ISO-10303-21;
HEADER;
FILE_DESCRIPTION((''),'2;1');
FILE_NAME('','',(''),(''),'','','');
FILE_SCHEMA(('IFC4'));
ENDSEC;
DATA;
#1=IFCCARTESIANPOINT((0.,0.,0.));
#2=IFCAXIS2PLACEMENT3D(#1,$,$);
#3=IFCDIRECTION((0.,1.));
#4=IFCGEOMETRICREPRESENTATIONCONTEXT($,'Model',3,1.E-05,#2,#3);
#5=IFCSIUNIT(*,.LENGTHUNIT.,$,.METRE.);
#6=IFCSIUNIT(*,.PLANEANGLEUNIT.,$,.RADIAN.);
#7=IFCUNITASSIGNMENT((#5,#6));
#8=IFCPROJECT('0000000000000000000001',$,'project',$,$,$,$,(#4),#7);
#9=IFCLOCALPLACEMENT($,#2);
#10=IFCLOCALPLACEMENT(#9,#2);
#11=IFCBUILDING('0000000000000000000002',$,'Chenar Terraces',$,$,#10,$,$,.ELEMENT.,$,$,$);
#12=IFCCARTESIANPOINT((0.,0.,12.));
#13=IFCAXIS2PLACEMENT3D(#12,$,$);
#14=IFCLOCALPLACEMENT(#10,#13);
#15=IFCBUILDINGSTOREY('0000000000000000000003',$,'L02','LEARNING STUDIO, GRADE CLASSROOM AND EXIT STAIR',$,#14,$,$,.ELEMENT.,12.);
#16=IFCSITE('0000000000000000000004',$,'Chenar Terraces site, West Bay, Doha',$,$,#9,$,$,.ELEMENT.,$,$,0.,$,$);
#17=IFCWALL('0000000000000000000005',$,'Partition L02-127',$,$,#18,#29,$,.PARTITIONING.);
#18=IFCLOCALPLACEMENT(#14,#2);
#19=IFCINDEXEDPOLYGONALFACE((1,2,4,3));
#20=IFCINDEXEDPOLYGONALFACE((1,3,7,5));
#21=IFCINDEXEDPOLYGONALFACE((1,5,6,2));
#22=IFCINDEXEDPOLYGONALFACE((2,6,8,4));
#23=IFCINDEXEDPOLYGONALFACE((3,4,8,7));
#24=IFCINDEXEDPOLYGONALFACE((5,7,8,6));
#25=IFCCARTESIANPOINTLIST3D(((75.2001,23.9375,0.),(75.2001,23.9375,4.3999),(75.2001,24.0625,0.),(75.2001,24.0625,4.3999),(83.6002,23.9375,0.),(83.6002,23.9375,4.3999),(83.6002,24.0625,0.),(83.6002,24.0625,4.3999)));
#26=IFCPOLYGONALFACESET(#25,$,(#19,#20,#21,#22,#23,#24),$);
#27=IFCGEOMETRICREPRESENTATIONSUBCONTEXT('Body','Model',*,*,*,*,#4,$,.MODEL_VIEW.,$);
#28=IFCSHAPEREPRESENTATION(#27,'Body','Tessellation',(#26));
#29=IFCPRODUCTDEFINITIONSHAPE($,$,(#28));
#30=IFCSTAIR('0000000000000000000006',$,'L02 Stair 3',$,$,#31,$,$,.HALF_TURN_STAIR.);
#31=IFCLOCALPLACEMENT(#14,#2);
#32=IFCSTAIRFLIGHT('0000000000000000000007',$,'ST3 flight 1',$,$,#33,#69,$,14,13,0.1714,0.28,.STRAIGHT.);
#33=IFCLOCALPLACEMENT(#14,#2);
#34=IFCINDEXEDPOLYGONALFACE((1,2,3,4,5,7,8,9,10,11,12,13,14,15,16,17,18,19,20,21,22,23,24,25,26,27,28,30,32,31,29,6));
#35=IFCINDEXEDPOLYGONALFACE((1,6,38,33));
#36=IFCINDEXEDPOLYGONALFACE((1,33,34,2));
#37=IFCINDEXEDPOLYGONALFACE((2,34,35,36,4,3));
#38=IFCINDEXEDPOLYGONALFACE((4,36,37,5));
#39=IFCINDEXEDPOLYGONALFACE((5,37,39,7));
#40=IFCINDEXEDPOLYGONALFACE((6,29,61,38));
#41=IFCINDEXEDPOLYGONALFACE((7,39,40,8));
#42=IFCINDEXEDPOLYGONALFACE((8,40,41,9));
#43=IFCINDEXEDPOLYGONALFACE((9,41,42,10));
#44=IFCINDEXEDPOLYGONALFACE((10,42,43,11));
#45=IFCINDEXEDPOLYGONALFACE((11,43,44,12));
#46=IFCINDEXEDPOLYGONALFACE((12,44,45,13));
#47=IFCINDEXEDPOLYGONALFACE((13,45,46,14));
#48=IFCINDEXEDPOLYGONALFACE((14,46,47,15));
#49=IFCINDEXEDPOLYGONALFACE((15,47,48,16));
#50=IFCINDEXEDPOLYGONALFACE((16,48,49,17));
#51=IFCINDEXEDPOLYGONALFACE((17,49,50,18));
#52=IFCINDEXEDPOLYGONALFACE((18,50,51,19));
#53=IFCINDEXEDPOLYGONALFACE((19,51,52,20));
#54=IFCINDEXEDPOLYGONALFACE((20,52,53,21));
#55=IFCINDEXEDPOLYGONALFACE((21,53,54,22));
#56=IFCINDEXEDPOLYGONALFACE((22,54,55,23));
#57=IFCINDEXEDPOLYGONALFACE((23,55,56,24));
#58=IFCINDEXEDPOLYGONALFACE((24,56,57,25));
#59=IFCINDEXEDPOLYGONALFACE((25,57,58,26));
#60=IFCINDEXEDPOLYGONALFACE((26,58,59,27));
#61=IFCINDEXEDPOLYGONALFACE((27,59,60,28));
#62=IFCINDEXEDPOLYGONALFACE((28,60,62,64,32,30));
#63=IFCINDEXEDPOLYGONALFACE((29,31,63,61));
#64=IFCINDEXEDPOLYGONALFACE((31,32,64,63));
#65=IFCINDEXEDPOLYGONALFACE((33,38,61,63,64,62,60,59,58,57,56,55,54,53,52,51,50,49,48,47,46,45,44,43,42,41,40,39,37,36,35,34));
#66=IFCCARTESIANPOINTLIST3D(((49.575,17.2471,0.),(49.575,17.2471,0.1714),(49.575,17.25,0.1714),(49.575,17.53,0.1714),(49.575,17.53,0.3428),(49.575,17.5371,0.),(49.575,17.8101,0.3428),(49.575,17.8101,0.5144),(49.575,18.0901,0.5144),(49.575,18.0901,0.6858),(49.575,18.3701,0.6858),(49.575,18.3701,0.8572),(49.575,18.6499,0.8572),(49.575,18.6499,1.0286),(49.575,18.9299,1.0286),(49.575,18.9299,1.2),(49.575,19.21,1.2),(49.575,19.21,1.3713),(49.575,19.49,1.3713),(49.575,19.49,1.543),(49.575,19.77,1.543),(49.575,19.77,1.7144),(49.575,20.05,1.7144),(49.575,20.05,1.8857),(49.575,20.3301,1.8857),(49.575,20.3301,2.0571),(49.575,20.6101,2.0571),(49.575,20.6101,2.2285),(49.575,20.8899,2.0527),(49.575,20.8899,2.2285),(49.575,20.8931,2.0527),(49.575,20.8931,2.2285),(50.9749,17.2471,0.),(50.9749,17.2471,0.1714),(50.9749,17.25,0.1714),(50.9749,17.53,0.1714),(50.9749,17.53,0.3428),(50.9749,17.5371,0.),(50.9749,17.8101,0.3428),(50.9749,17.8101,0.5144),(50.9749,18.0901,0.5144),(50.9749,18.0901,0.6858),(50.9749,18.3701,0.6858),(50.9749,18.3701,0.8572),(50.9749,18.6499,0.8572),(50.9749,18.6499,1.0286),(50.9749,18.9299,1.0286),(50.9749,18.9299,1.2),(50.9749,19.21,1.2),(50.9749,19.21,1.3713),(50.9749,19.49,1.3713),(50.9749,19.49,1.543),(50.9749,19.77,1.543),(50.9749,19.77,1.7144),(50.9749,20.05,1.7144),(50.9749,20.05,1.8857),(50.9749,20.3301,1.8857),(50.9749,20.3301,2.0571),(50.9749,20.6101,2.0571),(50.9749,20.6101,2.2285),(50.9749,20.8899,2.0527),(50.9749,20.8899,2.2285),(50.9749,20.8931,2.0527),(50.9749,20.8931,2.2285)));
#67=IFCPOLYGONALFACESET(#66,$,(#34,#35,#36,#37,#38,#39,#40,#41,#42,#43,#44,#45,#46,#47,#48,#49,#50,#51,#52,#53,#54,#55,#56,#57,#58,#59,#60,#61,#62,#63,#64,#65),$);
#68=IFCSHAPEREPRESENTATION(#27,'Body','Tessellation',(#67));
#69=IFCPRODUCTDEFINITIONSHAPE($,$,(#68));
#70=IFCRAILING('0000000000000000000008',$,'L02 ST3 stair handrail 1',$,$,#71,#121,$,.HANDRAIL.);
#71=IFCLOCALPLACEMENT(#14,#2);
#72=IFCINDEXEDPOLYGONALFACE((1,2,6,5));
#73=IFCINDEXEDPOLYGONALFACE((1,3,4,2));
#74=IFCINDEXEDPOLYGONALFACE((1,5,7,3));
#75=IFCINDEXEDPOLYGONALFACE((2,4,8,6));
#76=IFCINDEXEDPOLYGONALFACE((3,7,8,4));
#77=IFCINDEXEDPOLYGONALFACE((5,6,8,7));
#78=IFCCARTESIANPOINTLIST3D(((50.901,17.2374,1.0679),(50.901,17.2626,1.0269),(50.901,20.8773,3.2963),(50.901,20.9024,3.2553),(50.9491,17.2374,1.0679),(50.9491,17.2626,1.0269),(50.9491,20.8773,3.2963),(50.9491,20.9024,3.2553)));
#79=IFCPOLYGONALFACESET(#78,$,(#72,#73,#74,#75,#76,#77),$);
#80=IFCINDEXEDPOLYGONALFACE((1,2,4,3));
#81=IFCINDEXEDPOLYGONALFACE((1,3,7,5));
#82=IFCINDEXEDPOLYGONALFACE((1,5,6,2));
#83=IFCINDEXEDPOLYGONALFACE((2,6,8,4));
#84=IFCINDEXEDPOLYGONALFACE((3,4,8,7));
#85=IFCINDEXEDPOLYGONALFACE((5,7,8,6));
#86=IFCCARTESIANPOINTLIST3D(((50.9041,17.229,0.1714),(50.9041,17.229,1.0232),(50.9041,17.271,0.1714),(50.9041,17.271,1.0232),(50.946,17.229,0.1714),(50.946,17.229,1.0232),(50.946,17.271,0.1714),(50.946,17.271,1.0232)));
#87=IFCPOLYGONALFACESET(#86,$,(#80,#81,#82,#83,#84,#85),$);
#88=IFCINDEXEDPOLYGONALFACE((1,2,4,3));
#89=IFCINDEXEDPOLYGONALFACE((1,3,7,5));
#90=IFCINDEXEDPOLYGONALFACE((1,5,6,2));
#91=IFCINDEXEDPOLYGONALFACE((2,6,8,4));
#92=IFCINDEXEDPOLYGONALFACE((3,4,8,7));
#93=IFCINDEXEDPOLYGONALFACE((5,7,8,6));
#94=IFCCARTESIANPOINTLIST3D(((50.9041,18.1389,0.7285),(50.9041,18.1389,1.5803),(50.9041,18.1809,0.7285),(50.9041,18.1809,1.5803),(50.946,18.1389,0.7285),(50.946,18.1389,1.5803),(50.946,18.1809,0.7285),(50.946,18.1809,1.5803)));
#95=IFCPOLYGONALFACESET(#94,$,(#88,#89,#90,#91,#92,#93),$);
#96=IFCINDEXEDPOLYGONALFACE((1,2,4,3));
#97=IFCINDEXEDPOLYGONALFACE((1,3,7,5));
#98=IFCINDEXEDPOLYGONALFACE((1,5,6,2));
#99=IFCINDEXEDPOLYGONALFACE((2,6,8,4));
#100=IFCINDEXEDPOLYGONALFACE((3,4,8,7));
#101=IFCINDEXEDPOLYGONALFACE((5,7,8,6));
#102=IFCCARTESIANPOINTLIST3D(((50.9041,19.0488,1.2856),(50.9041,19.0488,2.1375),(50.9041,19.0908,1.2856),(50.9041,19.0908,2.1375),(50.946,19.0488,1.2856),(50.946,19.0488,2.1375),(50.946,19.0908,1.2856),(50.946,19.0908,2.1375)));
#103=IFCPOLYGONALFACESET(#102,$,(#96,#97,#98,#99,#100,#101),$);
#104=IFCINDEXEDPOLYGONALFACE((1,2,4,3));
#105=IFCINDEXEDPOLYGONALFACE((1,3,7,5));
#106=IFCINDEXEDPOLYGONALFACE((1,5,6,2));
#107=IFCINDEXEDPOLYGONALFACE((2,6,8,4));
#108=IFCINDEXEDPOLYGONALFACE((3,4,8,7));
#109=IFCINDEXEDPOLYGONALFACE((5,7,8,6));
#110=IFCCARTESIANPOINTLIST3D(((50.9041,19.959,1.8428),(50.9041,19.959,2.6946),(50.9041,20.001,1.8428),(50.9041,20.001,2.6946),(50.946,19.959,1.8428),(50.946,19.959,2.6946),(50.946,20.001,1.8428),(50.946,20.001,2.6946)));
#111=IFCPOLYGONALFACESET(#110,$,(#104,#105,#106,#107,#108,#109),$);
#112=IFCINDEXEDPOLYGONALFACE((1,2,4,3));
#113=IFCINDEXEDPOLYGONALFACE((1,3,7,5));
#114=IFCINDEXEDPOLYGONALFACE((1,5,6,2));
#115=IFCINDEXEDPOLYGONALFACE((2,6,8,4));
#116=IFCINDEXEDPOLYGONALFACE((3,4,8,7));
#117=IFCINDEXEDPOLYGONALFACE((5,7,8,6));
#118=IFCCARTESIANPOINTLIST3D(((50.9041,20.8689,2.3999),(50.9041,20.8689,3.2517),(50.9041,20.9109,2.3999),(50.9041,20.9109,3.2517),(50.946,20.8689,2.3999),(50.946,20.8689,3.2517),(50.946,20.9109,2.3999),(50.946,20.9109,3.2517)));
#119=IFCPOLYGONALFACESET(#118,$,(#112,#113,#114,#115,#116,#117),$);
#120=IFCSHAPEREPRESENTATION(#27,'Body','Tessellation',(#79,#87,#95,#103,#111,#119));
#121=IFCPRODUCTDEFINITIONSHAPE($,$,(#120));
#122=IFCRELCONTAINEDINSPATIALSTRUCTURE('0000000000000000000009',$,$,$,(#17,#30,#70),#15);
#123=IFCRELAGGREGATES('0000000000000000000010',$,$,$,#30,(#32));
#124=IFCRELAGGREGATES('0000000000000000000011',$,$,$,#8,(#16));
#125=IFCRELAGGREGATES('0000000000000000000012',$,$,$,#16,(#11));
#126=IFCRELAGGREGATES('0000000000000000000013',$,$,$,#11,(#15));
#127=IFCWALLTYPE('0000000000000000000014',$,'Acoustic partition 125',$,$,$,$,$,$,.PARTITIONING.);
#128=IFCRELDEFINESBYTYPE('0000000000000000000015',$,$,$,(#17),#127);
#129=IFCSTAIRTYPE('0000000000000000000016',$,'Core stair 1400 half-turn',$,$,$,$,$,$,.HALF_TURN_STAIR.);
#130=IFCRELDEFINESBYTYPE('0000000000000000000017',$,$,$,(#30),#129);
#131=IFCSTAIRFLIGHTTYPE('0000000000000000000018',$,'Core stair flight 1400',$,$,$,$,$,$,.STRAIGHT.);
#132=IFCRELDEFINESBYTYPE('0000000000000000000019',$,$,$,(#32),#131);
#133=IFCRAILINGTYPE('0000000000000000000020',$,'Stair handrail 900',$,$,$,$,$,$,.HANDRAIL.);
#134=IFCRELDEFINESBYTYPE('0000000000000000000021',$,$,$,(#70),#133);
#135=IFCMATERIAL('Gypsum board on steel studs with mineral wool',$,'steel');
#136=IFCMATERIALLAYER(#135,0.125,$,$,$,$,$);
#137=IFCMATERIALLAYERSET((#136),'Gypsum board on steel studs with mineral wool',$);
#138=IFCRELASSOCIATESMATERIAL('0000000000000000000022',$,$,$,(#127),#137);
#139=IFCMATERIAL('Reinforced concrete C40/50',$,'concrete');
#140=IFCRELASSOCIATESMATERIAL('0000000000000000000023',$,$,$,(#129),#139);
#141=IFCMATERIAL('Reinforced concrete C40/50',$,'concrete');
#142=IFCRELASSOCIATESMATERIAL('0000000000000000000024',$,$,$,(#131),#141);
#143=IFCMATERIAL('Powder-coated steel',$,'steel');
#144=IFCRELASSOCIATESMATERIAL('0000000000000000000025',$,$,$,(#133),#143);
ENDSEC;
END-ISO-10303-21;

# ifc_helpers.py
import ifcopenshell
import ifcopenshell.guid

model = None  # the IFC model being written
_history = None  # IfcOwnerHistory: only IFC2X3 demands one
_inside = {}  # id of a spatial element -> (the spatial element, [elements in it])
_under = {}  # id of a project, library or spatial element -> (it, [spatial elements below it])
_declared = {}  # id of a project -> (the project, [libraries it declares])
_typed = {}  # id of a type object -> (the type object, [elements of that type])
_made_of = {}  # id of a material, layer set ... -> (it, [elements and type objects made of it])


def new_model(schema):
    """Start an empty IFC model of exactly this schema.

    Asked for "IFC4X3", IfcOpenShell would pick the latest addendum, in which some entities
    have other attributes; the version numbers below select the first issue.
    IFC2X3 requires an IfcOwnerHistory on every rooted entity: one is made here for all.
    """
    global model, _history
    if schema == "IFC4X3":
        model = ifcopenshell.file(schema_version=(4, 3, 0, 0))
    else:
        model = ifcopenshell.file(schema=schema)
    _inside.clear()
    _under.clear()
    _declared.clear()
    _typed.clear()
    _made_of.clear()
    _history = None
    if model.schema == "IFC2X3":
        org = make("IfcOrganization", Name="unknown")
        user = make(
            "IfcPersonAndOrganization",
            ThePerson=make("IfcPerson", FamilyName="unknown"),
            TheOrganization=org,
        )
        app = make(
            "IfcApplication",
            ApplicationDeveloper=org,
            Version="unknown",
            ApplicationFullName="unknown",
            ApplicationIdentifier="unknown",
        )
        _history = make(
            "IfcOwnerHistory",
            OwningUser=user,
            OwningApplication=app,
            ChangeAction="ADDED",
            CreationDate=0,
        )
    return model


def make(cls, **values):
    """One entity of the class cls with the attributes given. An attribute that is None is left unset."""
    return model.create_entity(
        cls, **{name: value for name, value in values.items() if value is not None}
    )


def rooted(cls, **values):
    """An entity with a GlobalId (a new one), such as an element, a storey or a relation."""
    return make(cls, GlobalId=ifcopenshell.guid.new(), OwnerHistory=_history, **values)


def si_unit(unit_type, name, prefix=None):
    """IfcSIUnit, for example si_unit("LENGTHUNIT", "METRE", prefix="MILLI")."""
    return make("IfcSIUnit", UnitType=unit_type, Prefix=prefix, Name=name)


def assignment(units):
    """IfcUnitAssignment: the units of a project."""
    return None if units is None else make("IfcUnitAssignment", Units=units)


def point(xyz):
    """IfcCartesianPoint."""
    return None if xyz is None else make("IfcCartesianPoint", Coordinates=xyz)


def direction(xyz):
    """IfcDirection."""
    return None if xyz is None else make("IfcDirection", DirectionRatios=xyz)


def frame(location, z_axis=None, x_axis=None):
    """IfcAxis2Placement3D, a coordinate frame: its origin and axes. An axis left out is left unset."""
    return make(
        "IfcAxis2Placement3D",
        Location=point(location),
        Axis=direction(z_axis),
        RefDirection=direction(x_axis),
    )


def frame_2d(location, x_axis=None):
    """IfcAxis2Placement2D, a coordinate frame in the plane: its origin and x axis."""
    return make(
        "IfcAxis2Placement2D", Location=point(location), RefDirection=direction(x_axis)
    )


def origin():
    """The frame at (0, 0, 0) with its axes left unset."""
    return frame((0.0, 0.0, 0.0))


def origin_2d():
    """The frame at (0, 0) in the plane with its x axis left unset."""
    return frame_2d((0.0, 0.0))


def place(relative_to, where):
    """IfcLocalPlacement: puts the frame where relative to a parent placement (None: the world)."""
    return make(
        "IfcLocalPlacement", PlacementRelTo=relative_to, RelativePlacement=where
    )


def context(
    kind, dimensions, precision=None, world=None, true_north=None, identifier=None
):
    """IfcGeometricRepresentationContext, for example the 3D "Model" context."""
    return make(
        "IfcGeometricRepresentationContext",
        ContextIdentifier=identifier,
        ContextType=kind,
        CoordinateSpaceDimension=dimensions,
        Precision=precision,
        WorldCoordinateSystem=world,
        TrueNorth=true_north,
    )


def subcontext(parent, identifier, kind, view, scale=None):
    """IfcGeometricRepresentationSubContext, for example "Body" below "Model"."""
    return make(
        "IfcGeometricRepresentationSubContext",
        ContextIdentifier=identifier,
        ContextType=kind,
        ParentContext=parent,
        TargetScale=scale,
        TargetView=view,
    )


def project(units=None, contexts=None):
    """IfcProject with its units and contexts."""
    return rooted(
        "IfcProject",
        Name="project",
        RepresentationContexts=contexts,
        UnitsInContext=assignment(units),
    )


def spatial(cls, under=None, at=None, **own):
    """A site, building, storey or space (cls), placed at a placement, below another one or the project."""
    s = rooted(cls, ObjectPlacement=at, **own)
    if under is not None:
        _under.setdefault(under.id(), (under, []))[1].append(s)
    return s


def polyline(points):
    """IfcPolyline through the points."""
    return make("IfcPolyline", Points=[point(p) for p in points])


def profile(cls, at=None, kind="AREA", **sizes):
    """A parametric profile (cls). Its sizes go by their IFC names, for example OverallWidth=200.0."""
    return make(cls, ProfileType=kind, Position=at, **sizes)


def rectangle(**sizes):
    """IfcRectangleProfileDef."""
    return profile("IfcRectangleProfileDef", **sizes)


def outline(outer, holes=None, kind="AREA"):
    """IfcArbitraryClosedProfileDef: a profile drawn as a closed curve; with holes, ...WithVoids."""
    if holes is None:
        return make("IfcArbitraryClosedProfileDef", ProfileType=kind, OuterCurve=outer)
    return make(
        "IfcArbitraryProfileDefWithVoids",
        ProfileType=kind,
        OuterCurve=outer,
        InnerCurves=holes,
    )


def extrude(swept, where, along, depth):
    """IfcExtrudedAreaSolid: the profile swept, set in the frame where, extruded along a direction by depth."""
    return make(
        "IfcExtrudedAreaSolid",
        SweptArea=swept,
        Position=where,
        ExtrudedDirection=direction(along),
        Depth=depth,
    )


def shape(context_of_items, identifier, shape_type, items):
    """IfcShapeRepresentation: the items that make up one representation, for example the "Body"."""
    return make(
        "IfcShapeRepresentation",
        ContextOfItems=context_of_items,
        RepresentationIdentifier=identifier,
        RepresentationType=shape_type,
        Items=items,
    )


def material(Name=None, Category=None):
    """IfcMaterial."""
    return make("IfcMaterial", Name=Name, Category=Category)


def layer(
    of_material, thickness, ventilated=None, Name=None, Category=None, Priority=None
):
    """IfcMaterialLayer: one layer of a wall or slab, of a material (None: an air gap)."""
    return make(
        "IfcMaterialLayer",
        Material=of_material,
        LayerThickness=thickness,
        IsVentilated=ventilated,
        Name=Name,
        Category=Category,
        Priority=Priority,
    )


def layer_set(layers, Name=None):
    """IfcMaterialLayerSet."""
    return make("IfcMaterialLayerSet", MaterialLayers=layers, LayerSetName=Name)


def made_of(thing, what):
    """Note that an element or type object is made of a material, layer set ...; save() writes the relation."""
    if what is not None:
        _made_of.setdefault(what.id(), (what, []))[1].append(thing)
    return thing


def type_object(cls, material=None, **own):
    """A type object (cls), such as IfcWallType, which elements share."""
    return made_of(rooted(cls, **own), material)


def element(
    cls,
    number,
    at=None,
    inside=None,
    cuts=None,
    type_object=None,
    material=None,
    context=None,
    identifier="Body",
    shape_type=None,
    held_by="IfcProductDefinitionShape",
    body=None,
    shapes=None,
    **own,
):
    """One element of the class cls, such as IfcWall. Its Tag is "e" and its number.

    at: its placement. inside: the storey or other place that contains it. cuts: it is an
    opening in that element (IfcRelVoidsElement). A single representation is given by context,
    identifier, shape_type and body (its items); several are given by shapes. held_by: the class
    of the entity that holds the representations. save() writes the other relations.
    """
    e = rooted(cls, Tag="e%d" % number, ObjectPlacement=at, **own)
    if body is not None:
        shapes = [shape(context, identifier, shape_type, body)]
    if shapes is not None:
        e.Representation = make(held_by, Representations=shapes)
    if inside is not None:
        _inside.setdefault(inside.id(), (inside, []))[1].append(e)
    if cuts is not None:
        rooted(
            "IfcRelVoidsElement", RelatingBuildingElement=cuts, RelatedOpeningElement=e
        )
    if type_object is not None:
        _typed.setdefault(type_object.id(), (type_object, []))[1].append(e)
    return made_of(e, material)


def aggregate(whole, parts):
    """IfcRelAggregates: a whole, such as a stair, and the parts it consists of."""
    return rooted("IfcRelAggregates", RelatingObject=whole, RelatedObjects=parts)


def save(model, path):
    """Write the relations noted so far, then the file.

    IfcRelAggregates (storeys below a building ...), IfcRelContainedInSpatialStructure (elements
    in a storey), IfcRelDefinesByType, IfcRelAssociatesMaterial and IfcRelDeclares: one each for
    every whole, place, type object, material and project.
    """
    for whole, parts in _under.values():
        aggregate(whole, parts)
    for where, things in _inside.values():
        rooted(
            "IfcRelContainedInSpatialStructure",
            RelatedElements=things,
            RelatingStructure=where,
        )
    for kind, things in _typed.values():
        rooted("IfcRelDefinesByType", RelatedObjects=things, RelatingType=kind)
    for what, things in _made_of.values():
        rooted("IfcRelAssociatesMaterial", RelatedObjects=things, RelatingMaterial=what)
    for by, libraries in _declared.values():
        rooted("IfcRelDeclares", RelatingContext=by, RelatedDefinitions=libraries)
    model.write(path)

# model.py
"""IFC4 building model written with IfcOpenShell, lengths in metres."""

from ifc_helpers import new_model, si_unit, direction, frame, frame_2d, origin, origin_2d, place, context, subcontext, project, spatial, polyline, rectangle, outline, extrude, material, layer, layer_set, type_object, element, aggregate, save


model = new_model("IFC4")

# Units and contexts
model_context = context("Model", 3, precision=1e-05, world=origin(), true_north=direction((0.0, 1.0)))
body_context = subcontext(model_context, "Body", "Model", "MODEL_VIEW")
ifc_project = project(units=[si_unit("LENGTHUNIT", "METRE"), si_unit("PLANEANGLEUNIT", "RADIAN")], contexts=[model_context])

# Site, building, storey
site_placement = place(None, origin())
site = spatial("IfcSite", under=ifc_project, at=site_placement, Name="Chenar Terraces site, West Bay, Doha", CompositionType="ELEMENT", RefElevation=0.0)
building_placement = place(site_placement, origin())
building = spatial("IfcBuilding", under=site, at=building_placement, Name="Chenar Terraces", CompositionType="ELEMENT")
storey_placement = place(building_placement, frame((0.0, 0.0, 12.0)))
storey = spatial("IfcBuildingStorey", under=building, at=storey_placement, Name="L02", Description="LEARNING STUDIO, GRADE CLASSROOM AND EXIT STAIR", CompositionType="ELEMENT", Elevation=12.0)

# Shared definitions
placement = place(storey_placement, origin())

# Wall
ifc_material_1 = material(Name="Gypsum board on steel studs with mineral wool", Category="steel")
ifc_layer_1 = layer(ifc_material_1, 0.125)
ifc_layer_set_1 = layer_set([ifc_layer_1], Name="Gypsum board on steel studs with mineral wool")
wall_type_1 = type_object("IfcWallType", Name="Acoustic partition 125", PredefinedType="PARTITIONING", material=ifc_layer_set_1)
wall_1_placement = place(storey_placement, frame((75.2, 24.0, 0.0), z_axis=(0.0, 0.0, 1.0), x_axis=(1.0, 0.0, 0.0)))
element("IfcWall", 1, at=wall_1_placement, inside=storey, type_object=wall_type_1, Name="Partition L02-127", PredefinedType="PARTITIONING", context=body_context, shape_type="SweptSolid", body=[
    extrude(rectangle(XDim=8.4001, YDim=0.125, at=frame_2d((4.2002, 0.0))), origin(), (0.0, 0.0, 1.0), 4.3999),
])

# Stair, stair flight
ifc_material_2 = material(Name="Reinforced concrete C40/50", Category="concrete")
stair_type = type_object("IfcStairType", Name="Core stair 1400 half-turn", PredefinedType="HALF_TURN_STAIR", material=ifc_material_2)
stair = element("IfcStair", 2, at=placement, inside=storey, type_object=stair_type, Name="L02 Stair 3", PredefinedType="HALF_TURN_STAIR")
ifc_material_3 = material(Name="Reinforced concrete C40/50", Category="concrete")
stair_flight_type = type_object("IfcStairFlightType", Name="Core stair flight 1400", PredefinedType="STRAIGHT", material=ifc_material_3)
stair_flight_placement = place(storey_placement, frame((50.2749, 17.25, 0.0), z_axis=(0.0, 0.0, 1.0), x_axis=(0.0, 1.0, 0.0)))
stair_flight = element("IfcStairFlight", 3, at=stair_flight_placement, type_object=stair_flight_type, Name="ST3 flight 1", NumberOfRisers=14, NumberOfTreads=13, PredefinedType="STRAIGHT", RiserHeight=0.1714, TreadLength=0.28, context=body_context, shape_type="SweptSolid", body=[
    extrude(outline(polyline([(-0.0029, 0.0), (-0.0029, 0.1714), (0.0, 0.1714), (0.28, 0.1714), (0.28, 0.3428), (0.5601, 0.3428), (0.5601, 0.5144), (0.8401, 0.5144), (0.8401, 0.6858), (1.1201, 0.6858), (1.1201, 0.8572), (1.3999, 0.8572), (1.3999, 1.0286), (1.6799, 1.0286), (1.6799, 1.2), (1.96, 1.2), (1.96, 1.3713), (2.24, 1.3713), (2.24, 1.543), (2.52, 1.543), (2.52, 1.7144), (2.8, 1.7144), (2.8, 1.8857), (3.0801, 1.8857), (3.0801, 2.0571), (3.3601, 2.0571), (3.3601, 2.2285), (3.6399, 2.2285), (3.6431, 2.2285), (3.6431, 2.0527), (3.6399, 2.0527), (0.2871, 0.0), (-0.0029, 0.0)])), frame((0.0, 0.7, 0.0), z_axis=(0.0, -1.0, 0.0), x_axis=(1.0, 0.0, 0.0)), (0.0, 0.0, 1.0), 1.3999),
])
aggregate(stair, [stair_flight])

# Railing
ifc_material_4 = material(Name="Powder-coated steel", Category="steel")
railing_type = type_object("IfcRailingType", Name="Stair handrail 900", PredefinedType="HANDRAIL", material=ifc_material_4)
railing_placement = place(storey_placement, frame((50.925, 17.25, 0.1714)))
element("IfcRailing", 4, at=railing_placement, inside=storey, type_object=railing_type, Name="L02 ST3 stair handrail 1", PredefinedType="HANDRAIL", context=body_context, shape_type="SweptSolid", body=[
    extrude(rectangle(XDim=0.0481, YDim=0.0481, at=origin_2d()), frame((0.0, 0.0, 0.876), z_axis=(0.0, 0.85285, 0.522156), x_axis=(-1.0, 0.0, 0.0)), (0.0, 0.0, 1.0), 4.2678),
    extrude(rectangle(XDim=0.042, YDim=0.042, at=origin_2d()), origin(), (0.0, 0.0, 1.0), 0.8518),
    extrude(rectangle(XDim=0.042, YDim=0.042, at=origin_2d()), frame((0.0, 0.9099, 0.5571)), (0.0, 0.0, 1.0), 0.8518),
    extrude(rectangle(XDim=0.042, YDim=0.042, at=origin_2d()), frame((0.0, 1.8198, 1.1143)), (0.0, 0.0, 1.0), 0.8518),
    extrude(rectangle(XDim=0.042, YDim=0.042, at=origin_2d()), frame((0.0, 2.73, 1.6714)), (0.0, 0.0, 1.0), 0.8518),
    extrude(rectangle(XDim=0.042, YDim=0.042, at=origin_2d()), frame((0.0, 3.6399, 2.2285)), (0.0, 0.0, 1.0), 0.8518),
])

save(model, "model.ifc")
